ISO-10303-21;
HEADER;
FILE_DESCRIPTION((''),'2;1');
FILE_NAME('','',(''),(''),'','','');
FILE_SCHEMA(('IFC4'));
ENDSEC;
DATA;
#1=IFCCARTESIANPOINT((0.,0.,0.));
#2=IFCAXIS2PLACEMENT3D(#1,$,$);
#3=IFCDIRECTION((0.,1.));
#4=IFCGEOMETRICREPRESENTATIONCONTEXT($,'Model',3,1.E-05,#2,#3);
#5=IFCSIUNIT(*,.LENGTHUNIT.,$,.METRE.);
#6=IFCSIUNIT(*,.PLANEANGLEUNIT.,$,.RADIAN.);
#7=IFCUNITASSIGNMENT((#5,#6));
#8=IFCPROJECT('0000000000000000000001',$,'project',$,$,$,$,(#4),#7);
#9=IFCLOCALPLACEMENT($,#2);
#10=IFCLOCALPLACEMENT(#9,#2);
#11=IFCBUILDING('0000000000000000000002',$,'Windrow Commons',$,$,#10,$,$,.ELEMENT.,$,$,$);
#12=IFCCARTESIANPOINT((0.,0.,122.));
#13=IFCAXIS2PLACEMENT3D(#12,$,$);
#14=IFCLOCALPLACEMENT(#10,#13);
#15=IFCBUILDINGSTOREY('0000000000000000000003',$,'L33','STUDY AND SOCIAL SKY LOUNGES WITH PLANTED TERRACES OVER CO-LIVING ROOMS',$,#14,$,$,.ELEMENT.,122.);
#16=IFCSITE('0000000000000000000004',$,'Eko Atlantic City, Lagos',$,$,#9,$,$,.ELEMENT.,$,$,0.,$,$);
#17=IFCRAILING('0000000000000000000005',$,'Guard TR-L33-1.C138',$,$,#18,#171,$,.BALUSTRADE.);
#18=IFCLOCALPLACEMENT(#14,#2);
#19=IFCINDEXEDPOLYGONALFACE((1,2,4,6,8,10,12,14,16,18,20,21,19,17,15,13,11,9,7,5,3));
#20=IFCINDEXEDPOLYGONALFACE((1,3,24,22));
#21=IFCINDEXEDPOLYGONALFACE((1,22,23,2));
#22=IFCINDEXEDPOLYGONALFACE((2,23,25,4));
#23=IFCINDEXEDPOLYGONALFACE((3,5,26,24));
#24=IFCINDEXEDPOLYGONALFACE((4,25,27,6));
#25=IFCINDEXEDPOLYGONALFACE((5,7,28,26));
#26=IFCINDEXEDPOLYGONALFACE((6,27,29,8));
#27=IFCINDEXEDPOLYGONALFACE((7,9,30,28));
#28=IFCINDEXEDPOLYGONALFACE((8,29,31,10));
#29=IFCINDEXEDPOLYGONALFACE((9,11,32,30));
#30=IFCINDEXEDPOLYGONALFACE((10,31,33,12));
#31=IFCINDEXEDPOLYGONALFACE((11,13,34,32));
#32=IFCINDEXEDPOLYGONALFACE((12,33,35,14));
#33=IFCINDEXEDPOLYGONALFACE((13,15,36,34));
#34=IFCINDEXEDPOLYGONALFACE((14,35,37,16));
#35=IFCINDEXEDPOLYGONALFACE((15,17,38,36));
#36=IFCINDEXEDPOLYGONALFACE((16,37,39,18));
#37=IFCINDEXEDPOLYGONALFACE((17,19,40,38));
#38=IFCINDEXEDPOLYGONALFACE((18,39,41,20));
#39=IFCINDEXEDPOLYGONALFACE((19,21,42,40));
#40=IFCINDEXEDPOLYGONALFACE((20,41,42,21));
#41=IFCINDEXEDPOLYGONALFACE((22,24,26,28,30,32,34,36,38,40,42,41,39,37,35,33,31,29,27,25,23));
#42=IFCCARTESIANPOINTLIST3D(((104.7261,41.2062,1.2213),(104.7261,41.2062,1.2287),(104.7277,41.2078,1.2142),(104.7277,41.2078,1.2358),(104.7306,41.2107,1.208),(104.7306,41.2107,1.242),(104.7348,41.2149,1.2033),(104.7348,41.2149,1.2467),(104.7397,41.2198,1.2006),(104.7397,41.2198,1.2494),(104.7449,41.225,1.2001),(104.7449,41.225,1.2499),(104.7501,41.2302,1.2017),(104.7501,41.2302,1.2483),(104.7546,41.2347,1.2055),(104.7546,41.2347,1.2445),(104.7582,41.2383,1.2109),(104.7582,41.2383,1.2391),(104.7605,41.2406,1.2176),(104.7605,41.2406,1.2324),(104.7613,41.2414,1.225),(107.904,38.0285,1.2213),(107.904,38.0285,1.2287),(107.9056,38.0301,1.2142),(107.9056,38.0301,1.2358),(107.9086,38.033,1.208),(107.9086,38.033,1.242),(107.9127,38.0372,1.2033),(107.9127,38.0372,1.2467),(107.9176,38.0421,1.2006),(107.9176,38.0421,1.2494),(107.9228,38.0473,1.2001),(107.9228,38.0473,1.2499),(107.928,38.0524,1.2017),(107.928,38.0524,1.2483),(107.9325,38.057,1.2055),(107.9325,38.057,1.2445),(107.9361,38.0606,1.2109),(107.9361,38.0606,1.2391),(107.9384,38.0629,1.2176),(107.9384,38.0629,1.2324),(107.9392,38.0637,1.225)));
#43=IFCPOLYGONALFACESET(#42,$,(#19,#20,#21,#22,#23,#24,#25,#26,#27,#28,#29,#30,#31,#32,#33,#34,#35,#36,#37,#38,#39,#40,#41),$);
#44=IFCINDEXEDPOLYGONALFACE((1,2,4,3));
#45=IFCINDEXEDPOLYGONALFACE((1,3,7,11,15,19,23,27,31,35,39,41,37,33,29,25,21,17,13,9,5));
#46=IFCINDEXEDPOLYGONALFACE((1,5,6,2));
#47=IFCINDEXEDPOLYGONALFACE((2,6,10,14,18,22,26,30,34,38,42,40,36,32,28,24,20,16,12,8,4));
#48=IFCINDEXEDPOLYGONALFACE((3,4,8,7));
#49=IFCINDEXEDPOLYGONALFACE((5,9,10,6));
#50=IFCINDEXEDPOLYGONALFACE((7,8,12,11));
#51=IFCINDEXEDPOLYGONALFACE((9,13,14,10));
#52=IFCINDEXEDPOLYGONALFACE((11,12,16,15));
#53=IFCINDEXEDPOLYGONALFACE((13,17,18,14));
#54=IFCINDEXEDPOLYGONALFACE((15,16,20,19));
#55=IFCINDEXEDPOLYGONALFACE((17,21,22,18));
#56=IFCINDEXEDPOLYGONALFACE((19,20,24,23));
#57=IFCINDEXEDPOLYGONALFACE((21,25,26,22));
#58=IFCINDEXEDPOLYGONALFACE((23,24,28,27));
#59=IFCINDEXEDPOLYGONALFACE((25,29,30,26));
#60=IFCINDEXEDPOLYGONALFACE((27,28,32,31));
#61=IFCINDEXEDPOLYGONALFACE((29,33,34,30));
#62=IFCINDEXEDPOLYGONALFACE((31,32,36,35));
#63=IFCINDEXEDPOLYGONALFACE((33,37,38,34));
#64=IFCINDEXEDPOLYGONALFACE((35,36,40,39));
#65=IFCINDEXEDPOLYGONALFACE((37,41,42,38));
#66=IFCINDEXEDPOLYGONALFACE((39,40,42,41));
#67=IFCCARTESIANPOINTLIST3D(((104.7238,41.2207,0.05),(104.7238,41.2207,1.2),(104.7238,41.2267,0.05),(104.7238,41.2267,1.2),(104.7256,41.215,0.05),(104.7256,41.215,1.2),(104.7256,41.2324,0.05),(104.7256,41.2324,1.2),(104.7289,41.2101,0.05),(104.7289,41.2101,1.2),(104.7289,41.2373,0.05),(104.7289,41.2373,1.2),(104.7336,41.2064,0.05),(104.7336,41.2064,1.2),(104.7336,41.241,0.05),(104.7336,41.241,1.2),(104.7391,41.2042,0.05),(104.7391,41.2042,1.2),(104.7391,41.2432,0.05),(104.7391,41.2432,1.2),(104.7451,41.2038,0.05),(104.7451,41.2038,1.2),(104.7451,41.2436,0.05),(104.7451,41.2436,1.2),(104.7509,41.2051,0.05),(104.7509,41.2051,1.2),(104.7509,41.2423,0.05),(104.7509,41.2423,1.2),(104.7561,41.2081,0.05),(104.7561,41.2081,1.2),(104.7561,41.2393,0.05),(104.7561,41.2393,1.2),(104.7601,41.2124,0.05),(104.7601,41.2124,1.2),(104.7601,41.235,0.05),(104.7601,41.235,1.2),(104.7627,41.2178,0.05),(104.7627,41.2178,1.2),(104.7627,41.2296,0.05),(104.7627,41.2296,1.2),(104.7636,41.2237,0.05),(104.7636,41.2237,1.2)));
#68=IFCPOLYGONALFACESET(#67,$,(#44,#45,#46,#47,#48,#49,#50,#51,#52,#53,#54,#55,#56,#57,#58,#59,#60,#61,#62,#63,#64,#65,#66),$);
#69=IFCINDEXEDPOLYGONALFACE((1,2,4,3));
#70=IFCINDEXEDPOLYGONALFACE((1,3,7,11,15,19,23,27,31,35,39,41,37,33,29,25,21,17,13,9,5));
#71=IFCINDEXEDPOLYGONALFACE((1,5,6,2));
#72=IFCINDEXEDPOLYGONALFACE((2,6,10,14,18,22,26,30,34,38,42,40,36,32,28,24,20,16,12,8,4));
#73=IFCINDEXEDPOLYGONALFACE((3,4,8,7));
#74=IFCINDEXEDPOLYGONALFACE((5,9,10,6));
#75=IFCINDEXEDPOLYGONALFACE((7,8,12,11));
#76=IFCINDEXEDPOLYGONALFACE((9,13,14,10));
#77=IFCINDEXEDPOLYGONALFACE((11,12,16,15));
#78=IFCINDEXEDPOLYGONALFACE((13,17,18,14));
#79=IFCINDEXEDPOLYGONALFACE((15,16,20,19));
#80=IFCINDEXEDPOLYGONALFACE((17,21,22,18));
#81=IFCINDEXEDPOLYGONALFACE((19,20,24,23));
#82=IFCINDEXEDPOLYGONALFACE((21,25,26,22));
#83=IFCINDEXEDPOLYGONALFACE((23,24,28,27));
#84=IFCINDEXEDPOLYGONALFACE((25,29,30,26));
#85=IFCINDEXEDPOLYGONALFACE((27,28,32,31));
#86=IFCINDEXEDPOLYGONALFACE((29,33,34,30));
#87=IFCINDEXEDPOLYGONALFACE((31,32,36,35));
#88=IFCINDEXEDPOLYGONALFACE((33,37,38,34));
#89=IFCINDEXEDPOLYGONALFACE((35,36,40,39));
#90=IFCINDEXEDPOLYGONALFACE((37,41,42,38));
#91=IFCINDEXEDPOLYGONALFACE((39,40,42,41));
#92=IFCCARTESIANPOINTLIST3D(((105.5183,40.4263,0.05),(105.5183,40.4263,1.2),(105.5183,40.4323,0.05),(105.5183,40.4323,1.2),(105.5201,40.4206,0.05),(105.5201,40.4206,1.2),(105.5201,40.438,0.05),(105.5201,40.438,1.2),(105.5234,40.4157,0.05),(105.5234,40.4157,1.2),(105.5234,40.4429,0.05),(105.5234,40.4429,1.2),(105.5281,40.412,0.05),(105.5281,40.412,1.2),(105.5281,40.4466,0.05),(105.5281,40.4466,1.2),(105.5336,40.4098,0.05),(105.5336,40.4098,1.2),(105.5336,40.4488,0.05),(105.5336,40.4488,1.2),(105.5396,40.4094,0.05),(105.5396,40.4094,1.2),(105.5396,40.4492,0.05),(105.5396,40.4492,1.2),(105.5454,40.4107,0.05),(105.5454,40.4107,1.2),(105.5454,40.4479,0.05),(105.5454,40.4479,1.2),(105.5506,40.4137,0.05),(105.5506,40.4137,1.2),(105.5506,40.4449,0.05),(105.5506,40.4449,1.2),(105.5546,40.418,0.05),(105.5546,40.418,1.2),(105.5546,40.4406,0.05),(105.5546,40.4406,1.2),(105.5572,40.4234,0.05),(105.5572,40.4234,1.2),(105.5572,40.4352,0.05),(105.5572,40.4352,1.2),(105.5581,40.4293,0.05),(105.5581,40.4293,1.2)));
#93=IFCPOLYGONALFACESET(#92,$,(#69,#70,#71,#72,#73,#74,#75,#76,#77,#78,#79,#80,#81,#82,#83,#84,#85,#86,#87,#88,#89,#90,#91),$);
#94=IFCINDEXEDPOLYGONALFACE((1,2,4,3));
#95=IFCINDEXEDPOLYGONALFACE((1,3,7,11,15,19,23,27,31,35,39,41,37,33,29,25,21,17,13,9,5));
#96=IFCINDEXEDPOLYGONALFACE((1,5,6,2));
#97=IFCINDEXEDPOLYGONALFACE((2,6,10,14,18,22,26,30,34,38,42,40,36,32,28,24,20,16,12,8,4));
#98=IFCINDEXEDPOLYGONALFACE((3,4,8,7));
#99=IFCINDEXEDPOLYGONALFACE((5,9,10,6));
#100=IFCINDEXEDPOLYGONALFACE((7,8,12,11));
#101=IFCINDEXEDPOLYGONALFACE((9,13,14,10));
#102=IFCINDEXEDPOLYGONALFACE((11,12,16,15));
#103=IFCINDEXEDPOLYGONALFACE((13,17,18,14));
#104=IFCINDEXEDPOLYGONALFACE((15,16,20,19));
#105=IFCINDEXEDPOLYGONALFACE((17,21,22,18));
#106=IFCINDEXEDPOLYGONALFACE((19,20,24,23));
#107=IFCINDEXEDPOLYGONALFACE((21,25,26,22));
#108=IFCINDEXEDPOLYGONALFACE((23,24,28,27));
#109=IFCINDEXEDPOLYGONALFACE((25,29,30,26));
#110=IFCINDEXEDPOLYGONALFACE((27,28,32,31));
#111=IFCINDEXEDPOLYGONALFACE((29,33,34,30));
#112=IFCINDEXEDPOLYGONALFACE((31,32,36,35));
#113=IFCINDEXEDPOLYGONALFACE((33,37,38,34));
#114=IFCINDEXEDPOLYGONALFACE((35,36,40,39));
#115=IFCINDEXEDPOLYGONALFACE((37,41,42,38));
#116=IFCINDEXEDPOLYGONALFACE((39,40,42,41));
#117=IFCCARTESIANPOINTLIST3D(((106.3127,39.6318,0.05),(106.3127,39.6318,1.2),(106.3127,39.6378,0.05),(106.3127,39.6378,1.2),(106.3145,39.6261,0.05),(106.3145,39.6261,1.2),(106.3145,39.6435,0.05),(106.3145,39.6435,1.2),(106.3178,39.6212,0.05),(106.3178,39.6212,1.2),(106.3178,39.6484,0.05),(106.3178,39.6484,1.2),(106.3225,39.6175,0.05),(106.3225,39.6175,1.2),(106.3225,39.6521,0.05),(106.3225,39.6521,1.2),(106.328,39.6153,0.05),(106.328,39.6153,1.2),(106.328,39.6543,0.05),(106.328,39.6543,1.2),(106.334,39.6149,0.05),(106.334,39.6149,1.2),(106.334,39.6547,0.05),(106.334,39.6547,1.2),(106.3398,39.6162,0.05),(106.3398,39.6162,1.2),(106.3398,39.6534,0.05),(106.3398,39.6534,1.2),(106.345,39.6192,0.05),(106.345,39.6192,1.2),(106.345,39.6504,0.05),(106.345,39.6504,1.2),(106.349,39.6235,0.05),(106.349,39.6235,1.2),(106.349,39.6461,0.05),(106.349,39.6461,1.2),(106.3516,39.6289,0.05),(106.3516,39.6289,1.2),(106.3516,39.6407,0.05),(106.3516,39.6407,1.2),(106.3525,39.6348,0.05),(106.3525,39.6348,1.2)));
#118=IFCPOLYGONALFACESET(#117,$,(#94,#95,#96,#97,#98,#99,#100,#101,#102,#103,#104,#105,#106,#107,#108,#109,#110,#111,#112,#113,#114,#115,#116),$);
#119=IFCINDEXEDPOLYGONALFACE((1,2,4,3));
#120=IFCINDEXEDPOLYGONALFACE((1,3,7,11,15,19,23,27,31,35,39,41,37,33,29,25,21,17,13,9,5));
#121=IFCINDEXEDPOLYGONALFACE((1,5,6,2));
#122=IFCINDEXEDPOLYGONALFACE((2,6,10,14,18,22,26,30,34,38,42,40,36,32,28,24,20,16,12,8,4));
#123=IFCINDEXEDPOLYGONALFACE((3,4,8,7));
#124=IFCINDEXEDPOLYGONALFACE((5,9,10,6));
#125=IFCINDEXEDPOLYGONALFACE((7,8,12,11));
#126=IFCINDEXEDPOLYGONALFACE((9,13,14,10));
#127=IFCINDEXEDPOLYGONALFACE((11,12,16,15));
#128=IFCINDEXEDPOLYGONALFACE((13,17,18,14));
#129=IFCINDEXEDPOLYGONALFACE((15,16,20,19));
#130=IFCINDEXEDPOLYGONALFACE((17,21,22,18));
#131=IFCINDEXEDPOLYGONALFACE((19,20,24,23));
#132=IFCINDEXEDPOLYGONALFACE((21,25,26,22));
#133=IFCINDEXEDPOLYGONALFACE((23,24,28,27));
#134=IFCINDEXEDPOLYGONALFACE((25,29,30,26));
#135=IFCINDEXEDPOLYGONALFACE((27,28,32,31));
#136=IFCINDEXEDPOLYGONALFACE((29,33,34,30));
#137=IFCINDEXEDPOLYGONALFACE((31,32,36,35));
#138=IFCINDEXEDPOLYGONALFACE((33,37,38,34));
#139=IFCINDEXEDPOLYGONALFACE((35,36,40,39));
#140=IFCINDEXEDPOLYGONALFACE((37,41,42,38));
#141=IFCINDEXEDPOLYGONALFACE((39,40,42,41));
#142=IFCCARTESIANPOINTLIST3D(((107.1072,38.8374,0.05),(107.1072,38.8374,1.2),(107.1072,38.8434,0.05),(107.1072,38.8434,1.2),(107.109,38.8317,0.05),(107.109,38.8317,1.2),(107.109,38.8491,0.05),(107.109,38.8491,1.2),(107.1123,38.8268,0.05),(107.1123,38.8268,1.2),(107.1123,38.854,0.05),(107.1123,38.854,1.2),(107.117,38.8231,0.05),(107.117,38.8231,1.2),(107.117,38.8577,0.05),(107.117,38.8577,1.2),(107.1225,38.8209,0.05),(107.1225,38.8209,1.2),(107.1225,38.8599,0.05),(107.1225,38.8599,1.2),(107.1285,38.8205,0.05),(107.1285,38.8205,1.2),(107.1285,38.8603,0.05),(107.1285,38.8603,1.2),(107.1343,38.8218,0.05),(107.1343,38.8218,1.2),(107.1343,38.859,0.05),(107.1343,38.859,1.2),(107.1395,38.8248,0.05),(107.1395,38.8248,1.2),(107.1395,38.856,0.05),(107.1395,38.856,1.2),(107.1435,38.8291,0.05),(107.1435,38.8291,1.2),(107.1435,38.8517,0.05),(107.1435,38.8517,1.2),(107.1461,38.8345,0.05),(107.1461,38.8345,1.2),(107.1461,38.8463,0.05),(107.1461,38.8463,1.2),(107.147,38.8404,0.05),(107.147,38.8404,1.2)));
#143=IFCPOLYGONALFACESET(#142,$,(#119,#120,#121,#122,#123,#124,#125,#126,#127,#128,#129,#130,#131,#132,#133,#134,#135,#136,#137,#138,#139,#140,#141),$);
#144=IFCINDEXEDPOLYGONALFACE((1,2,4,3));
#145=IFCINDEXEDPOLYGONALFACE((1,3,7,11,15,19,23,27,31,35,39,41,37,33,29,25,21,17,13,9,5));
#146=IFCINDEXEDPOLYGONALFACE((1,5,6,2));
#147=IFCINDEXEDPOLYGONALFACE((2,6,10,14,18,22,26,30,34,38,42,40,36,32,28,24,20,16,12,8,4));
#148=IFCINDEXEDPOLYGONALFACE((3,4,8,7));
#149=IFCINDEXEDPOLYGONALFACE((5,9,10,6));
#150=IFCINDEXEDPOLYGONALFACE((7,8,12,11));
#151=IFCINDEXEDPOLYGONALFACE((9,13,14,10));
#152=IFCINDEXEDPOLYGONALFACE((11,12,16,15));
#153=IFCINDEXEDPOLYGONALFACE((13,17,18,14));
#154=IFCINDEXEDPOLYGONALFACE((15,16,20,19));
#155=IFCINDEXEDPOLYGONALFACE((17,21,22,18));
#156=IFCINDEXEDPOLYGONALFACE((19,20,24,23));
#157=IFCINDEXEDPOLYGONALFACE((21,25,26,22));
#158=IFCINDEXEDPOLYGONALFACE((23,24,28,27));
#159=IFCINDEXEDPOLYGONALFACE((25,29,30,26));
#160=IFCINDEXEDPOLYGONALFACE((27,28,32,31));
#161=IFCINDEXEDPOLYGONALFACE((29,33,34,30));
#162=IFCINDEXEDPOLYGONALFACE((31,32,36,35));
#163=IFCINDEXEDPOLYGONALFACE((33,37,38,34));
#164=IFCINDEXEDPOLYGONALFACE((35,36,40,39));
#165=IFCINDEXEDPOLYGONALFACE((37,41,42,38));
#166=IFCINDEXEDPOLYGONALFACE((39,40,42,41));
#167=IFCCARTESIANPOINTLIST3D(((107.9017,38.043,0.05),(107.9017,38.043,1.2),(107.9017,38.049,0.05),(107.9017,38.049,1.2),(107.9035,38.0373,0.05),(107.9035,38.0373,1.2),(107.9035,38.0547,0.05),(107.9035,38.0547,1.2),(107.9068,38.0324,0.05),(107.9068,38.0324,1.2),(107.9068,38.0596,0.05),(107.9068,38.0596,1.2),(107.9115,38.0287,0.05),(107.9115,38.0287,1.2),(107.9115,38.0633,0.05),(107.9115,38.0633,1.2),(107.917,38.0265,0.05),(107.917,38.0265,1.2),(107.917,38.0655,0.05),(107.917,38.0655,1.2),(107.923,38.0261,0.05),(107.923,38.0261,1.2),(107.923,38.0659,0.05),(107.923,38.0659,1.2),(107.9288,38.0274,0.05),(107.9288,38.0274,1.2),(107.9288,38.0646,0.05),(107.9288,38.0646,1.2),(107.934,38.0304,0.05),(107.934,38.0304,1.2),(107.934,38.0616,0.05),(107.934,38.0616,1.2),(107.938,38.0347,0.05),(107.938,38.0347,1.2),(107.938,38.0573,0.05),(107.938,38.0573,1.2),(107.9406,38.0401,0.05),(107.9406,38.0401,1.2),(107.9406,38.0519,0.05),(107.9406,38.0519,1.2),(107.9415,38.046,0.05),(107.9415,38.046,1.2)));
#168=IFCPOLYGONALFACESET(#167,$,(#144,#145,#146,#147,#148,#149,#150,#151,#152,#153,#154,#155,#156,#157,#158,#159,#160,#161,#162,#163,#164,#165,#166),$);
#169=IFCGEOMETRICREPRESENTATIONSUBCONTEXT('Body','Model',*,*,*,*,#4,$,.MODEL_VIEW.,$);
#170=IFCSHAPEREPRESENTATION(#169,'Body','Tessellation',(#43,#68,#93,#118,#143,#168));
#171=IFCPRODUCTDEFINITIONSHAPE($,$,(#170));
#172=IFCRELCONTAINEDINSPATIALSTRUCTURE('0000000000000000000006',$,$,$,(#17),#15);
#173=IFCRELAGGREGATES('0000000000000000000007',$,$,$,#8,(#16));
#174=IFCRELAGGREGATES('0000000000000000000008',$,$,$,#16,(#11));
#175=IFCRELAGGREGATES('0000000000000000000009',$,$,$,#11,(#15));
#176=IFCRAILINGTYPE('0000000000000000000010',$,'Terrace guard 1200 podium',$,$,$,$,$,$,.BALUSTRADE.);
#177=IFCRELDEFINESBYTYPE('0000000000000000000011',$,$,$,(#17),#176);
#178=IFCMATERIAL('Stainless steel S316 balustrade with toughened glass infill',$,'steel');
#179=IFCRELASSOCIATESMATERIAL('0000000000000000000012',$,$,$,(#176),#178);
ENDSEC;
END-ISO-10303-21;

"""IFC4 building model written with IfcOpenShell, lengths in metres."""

from ifc_helpers import new_model, si_unit, direction, frame, origin, origin_2d, place, context, subcontext, project, spatial, circle, extrude, material, type_object, element, save


model = new_model("IFC4")

# Units and contexts
model_context = context("Model", 3, precision=1e-05, world=origin(), true_north=direction((0.0, 1.0)))
body_context = subcontext(model_context, "Body", "Model", "MODEL_VIEW")
ifc_project = project(units=[si_unit("LENGTHUNIT", "METRE"), si_unit("PLANEANGLEUNIT", "RADIAN")], contexts=[model_context])

# Site, building, storey
site_placement = place(None, origin())
site = spatial("IfcSite", under=ifc_project, at=site_placement, Name="Eko Atlantic City, Lagos", CompositionType="ELEMENT", RefElevation=0.0)
building_placement = place(site_placement, origin())
building = spatial("IfcBuilding", under=site, at=building_placement, Name="Windrow Commons", CompositionType="ELEMENT")
storey_placement = place(building_placement, frame((0.0, 0.0, 122.0)))
storey = spatial("IfcBuildingStorey", under=building, at=storey_placement, Name="L33", Description="STUDY AND SOCIAL SKY LOUNGES WITH PLANTED TERRACES OVER CO-LIVING ROOMS", CompositionType="ELEMENT", Elevation=122.0)

# Railing
ifc_material_1 = material(Name="Stainless steel S316 balustrade with toughened glass infill", Category="steel")
railing_type = type_object("IfcRailingType", Name="Terrace guard 1200 podium", PredefinedType="BALUSTRADE", material=ifc_material_1)
railing_1_placement = place(storey_placement, frame((104.7436, 41.2237, 0.05)))
element("IfcRailing", 1, at=railing_1_placement, inside=storey, type_object=railing_type, Name="Guard TR-L33-1.C138", PredefinedType="BALUSTRADE", context=body_context, shape_type="SweptSolid", body=[
    extrude(circle(Radius=0.025, at=origin_2d()), frame((0.0, 0.0, 1.175), z_axis=(0.707129, -0.707085, 0.0), x_axis=(0.707085, 0.707129, 0.0)), (0.0, 0.0, 1.0), 4.4941),
    extrude(circle(Radius=0.02, at=origin_2d()), origin(), (0.0, 0.0, 1.0), 1.15),
    extrude(circle(Radius=0.02, at=origin_2d()), frame((0.7945, -0.7944, 0.0)), (0.0, 0.0, 1.0), 1.15),
    extrude(circle(Radius=0.02, at=origin_2d()), frame((1.5889, -1.5889, 0.0)), (0.0, 0.0, 1.0), 1.15),
    extrude(circle(Radius=0.02, at=origin_2d()), frame((2.3834, -2.3833, 0.0)), (0.0, 0.0, 1.0), 1.15),
    extrude(circle(Radius=0.02, at=origin_2d()), frame((3.1779, -3.1777, 0.0)), (0.0, 0.0, 1.0), 1.15),
])

save(model, "model.ifc")
